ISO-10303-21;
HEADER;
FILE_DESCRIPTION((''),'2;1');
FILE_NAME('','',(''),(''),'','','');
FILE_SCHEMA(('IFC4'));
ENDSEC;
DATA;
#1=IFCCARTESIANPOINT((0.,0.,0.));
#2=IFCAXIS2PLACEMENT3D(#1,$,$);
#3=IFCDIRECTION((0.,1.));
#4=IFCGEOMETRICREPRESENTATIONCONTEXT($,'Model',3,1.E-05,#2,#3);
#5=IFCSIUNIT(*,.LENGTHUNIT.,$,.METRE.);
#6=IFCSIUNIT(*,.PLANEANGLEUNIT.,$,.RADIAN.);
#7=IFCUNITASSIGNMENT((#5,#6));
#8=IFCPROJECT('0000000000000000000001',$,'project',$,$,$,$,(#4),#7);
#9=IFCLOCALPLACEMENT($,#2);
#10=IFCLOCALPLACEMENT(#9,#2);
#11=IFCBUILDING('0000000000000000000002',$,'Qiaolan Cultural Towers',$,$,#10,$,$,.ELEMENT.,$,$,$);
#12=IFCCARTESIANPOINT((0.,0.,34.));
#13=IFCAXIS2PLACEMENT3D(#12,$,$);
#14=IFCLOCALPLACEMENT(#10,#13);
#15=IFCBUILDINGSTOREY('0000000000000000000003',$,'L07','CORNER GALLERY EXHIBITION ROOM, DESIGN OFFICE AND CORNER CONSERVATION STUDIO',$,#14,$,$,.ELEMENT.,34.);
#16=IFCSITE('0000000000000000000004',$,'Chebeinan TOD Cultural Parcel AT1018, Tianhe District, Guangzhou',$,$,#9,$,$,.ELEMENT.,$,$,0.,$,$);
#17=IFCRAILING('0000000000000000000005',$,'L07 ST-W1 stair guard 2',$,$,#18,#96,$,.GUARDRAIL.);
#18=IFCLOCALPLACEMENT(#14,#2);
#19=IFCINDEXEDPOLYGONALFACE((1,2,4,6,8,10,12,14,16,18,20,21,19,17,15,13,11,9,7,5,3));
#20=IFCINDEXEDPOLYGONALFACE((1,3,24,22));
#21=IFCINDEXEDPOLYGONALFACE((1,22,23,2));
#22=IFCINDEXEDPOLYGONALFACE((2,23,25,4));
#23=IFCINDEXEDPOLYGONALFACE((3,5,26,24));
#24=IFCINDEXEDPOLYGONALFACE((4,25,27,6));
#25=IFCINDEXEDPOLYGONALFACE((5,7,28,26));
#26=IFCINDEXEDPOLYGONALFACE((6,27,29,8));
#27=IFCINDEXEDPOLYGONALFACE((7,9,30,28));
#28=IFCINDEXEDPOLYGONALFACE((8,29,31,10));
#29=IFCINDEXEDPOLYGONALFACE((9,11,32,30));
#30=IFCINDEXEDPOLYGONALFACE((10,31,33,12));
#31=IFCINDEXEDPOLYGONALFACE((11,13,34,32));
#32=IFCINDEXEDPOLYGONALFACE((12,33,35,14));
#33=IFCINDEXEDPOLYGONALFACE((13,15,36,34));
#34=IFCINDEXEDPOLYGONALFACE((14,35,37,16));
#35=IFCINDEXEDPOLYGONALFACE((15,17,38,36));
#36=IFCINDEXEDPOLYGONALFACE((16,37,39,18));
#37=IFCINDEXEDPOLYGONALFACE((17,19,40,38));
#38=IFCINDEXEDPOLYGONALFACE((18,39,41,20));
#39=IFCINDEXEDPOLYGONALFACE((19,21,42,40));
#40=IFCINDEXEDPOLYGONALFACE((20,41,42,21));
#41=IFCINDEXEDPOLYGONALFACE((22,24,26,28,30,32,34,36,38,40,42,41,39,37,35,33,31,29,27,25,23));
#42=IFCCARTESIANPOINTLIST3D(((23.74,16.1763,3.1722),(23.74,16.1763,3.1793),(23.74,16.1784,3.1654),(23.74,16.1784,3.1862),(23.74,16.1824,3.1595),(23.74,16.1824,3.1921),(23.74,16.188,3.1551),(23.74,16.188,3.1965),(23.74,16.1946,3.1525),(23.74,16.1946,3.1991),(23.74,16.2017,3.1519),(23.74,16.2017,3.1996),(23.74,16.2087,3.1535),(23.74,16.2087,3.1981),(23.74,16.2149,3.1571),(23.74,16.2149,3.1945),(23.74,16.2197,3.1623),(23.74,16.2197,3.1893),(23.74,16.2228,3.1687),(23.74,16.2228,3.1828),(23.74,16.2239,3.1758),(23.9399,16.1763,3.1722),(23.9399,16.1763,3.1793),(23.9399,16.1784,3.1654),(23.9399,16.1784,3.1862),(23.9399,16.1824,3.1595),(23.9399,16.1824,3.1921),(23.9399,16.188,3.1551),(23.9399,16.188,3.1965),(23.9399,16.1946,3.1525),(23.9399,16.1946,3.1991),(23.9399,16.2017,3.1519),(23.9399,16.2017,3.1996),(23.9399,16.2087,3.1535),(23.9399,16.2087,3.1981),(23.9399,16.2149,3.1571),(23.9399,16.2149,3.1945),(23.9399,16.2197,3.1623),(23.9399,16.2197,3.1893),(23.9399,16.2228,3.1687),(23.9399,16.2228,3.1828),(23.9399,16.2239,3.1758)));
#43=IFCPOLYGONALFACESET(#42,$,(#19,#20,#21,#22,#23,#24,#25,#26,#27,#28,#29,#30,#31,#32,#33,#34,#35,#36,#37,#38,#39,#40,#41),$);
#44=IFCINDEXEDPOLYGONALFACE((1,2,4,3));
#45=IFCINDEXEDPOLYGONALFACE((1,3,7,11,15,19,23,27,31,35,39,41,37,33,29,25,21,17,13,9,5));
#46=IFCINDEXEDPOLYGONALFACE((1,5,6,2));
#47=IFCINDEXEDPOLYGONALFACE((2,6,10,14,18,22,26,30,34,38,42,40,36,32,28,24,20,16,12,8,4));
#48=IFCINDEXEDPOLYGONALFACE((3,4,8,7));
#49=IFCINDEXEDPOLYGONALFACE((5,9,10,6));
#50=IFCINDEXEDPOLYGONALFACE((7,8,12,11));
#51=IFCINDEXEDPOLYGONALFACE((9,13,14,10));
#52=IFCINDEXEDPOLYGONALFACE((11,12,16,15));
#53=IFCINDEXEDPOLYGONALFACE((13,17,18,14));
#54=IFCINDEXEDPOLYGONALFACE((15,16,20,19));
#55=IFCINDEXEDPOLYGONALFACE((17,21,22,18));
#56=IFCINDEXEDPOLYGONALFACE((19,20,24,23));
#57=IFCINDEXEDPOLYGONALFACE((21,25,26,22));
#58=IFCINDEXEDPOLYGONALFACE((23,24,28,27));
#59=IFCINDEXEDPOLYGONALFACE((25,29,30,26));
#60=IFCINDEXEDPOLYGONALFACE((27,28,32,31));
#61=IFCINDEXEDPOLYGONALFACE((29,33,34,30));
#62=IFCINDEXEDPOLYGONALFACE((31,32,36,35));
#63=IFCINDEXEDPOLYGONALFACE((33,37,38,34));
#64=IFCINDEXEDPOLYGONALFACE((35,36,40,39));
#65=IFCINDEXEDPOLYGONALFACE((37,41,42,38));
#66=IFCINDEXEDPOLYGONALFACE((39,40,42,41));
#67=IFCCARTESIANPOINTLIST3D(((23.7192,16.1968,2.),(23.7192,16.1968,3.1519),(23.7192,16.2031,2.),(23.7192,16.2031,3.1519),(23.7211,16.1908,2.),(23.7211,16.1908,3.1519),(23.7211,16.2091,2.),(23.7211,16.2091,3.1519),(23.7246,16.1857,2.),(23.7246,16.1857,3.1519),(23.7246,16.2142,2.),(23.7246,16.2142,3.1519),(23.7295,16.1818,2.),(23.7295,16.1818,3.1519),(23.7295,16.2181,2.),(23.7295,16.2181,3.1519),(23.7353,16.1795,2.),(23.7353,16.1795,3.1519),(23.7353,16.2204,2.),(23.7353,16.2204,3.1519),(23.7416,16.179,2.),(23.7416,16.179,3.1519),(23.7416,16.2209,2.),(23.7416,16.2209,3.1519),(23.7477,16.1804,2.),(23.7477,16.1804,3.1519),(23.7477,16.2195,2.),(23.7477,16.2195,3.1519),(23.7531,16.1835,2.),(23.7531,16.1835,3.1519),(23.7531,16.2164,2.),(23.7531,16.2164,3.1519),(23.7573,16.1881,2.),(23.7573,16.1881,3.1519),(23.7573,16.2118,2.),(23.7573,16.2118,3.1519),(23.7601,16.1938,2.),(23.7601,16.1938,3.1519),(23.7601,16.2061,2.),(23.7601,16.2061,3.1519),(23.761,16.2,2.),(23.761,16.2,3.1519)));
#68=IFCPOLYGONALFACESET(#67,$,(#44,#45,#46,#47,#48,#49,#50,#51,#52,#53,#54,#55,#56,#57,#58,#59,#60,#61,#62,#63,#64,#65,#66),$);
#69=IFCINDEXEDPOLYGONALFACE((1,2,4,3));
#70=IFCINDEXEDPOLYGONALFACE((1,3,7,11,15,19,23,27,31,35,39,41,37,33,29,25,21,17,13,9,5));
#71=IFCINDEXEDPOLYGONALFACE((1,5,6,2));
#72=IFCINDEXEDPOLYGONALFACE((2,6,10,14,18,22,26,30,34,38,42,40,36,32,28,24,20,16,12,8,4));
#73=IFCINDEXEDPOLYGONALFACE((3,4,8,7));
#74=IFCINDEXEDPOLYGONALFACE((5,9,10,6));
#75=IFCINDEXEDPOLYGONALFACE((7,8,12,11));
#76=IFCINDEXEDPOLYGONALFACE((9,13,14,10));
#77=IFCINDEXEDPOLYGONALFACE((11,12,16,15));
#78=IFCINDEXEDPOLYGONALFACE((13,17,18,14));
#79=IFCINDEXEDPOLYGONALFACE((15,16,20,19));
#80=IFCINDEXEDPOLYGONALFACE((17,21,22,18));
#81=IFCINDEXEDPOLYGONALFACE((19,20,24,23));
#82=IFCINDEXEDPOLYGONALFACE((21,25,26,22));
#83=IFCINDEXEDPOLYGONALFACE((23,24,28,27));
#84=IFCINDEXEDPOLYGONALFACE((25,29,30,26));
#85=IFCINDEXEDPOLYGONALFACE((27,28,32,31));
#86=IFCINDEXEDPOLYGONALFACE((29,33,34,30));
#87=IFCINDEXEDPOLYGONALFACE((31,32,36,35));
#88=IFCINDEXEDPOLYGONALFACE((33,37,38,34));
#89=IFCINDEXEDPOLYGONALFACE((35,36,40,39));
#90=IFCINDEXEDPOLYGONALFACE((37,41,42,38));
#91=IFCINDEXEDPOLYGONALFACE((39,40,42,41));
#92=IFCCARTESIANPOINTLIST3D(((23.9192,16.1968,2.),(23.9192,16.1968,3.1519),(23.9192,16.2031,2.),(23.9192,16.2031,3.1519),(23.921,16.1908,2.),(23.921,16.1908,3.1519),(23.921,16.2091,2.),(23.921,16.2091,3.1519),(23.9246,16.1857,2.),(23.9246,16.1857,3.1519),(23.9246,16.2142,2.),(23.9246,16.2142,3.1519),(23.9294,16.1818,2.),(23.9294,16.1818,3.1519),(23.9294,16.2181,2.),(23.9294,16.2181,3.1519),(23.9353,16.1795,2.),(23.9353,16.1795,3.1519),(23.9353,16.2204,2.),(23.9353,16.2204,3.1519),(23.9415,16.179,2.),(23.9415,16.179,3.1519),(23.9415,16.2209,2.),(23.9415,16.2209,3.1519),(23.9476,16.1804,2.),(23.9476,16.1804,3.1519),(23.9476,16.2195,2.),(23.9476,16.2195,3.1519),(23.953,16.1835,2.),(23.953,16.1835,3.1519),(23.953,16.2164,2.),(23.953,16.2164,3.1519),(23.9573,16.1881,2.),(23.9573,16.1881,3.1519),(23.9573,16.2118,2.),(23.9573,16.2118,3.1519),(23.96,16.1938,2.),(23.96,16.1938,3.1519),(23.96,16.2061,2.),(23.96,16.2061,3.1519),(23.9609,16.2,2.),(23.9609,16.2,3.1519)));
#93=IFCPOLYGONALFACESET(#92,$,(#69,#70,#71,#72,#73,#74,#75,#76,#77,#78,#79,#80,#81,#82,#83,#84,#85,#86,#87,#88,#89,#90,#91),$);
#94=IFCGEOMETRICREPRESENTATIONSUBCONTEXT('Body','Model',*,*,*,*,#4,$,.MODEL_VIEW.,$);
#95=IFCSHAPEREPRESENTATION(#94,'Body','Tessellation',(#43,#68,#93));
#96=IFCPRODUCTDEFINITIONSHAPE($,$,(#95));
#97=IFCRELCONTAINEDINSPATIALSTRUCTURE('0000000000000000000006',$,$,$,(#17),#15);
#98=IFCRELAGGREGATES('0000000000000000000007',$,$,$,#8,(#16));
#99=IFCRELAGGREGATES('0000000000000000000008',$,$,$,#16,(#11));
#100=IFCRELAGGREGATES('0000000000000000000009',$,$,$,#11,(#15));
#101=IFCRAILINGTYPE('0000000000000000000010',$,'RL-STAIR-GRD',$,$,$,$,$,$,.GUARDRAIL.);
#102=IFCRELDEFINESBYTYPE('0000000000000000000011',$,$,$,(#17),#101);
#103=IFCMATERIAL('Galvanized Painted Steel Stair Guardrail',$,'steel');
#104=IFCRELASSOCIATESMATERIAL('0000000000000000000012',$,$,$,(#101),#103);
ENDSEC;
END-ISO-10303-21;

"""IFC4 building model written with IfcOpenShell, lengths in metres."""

from ifc_helpers import new_model, si_unit, direction, frame, origin, origin_2d, place, context, subcontext, project, spatial, circle, extrude, material, type_object, element, save


model = new_model("IFC4")

# Units and contexts
model_context = context("Model", 3, precision=1e-05, world=origin(), true_north=direction((0.0, 1.0)))
body_context = subcontext(model_context, "Body", "Model", "MODEL_VIEW")
ifc_project = project(units=[si_unit("LENGTHUNIT", "METRE"), si_unit("PLANEANGLEUNIT", "RADIAN")], contexts=[model_context])

# Site, building, storey
site_placement = place(None, origin())
site = spatial("IfcSite", under=ifc_project, at=site_placement, Name="Chebeinan TOD Cultural Parcel AT1018, Tianhe District, Guangzhou", CompositionType="ELEMENT", RefElevation=0.0)
building_placement = place(site_placement, origin())
building = spatial("IfcBuilding", under=site, at=building_placement, Name="Qiaolan Cultural Towers", CompositionType="ELEMENT")
storey_placement = place(building_placement, frame((0.0, 0.0, 34.0)))
storey = spatial("IfcBuildingStorey", under=building, at=storey_placement, Name="L07", Description="CORNER GALLERY EXHIBITION ROOM, DESIGN OFFICE AND CORNER CONSERVATION STUDIO", CompositionType="ELEMENT", Elevation=34.0)

# Railing
ifc_material_1 = material(Name="Galvanized Painted Steel Stair Guardrail", Category="steel")
railing_type_1 = type_object("IfcRailingType", Name="RL-STAIR-GRD", PredefinedType="GUARDRAIL", material=ifc_material_1)
railing_1_placement = place(storey_placement, frame((23.74, 16.2, 2.0)))
element("IfcRailing", 1, at=railing_1_placement, inside=storey, type_object=railing_type_1, Name="L07 ST-W1 stair guard 2", PredefinedType="GUARDRAIL", context=body_context, shape_type="SweptSolid", body=[
    extrude(circle(Radius=0.0239, at=origin_2d()), frame((0.0, 0.0, 1.1758), z_axis=(1.0, 0.0, 0.0), x_axis=(0.0, 1.0, 0.0)), (0.0, 0.0, 1.0), 0.2),
    extrude(circle(Radius=0.021, at=origin_2d()), origin(), (0.0, 0.0, 1.0), 1.1519),
    extrude(circle(Radius=0.021, at=origin_2d()), frame((0.2, 0.0, 0.0)), (0.0, 0.0, 1.0), 1.1519),
])

save(model, "model.ifc")
